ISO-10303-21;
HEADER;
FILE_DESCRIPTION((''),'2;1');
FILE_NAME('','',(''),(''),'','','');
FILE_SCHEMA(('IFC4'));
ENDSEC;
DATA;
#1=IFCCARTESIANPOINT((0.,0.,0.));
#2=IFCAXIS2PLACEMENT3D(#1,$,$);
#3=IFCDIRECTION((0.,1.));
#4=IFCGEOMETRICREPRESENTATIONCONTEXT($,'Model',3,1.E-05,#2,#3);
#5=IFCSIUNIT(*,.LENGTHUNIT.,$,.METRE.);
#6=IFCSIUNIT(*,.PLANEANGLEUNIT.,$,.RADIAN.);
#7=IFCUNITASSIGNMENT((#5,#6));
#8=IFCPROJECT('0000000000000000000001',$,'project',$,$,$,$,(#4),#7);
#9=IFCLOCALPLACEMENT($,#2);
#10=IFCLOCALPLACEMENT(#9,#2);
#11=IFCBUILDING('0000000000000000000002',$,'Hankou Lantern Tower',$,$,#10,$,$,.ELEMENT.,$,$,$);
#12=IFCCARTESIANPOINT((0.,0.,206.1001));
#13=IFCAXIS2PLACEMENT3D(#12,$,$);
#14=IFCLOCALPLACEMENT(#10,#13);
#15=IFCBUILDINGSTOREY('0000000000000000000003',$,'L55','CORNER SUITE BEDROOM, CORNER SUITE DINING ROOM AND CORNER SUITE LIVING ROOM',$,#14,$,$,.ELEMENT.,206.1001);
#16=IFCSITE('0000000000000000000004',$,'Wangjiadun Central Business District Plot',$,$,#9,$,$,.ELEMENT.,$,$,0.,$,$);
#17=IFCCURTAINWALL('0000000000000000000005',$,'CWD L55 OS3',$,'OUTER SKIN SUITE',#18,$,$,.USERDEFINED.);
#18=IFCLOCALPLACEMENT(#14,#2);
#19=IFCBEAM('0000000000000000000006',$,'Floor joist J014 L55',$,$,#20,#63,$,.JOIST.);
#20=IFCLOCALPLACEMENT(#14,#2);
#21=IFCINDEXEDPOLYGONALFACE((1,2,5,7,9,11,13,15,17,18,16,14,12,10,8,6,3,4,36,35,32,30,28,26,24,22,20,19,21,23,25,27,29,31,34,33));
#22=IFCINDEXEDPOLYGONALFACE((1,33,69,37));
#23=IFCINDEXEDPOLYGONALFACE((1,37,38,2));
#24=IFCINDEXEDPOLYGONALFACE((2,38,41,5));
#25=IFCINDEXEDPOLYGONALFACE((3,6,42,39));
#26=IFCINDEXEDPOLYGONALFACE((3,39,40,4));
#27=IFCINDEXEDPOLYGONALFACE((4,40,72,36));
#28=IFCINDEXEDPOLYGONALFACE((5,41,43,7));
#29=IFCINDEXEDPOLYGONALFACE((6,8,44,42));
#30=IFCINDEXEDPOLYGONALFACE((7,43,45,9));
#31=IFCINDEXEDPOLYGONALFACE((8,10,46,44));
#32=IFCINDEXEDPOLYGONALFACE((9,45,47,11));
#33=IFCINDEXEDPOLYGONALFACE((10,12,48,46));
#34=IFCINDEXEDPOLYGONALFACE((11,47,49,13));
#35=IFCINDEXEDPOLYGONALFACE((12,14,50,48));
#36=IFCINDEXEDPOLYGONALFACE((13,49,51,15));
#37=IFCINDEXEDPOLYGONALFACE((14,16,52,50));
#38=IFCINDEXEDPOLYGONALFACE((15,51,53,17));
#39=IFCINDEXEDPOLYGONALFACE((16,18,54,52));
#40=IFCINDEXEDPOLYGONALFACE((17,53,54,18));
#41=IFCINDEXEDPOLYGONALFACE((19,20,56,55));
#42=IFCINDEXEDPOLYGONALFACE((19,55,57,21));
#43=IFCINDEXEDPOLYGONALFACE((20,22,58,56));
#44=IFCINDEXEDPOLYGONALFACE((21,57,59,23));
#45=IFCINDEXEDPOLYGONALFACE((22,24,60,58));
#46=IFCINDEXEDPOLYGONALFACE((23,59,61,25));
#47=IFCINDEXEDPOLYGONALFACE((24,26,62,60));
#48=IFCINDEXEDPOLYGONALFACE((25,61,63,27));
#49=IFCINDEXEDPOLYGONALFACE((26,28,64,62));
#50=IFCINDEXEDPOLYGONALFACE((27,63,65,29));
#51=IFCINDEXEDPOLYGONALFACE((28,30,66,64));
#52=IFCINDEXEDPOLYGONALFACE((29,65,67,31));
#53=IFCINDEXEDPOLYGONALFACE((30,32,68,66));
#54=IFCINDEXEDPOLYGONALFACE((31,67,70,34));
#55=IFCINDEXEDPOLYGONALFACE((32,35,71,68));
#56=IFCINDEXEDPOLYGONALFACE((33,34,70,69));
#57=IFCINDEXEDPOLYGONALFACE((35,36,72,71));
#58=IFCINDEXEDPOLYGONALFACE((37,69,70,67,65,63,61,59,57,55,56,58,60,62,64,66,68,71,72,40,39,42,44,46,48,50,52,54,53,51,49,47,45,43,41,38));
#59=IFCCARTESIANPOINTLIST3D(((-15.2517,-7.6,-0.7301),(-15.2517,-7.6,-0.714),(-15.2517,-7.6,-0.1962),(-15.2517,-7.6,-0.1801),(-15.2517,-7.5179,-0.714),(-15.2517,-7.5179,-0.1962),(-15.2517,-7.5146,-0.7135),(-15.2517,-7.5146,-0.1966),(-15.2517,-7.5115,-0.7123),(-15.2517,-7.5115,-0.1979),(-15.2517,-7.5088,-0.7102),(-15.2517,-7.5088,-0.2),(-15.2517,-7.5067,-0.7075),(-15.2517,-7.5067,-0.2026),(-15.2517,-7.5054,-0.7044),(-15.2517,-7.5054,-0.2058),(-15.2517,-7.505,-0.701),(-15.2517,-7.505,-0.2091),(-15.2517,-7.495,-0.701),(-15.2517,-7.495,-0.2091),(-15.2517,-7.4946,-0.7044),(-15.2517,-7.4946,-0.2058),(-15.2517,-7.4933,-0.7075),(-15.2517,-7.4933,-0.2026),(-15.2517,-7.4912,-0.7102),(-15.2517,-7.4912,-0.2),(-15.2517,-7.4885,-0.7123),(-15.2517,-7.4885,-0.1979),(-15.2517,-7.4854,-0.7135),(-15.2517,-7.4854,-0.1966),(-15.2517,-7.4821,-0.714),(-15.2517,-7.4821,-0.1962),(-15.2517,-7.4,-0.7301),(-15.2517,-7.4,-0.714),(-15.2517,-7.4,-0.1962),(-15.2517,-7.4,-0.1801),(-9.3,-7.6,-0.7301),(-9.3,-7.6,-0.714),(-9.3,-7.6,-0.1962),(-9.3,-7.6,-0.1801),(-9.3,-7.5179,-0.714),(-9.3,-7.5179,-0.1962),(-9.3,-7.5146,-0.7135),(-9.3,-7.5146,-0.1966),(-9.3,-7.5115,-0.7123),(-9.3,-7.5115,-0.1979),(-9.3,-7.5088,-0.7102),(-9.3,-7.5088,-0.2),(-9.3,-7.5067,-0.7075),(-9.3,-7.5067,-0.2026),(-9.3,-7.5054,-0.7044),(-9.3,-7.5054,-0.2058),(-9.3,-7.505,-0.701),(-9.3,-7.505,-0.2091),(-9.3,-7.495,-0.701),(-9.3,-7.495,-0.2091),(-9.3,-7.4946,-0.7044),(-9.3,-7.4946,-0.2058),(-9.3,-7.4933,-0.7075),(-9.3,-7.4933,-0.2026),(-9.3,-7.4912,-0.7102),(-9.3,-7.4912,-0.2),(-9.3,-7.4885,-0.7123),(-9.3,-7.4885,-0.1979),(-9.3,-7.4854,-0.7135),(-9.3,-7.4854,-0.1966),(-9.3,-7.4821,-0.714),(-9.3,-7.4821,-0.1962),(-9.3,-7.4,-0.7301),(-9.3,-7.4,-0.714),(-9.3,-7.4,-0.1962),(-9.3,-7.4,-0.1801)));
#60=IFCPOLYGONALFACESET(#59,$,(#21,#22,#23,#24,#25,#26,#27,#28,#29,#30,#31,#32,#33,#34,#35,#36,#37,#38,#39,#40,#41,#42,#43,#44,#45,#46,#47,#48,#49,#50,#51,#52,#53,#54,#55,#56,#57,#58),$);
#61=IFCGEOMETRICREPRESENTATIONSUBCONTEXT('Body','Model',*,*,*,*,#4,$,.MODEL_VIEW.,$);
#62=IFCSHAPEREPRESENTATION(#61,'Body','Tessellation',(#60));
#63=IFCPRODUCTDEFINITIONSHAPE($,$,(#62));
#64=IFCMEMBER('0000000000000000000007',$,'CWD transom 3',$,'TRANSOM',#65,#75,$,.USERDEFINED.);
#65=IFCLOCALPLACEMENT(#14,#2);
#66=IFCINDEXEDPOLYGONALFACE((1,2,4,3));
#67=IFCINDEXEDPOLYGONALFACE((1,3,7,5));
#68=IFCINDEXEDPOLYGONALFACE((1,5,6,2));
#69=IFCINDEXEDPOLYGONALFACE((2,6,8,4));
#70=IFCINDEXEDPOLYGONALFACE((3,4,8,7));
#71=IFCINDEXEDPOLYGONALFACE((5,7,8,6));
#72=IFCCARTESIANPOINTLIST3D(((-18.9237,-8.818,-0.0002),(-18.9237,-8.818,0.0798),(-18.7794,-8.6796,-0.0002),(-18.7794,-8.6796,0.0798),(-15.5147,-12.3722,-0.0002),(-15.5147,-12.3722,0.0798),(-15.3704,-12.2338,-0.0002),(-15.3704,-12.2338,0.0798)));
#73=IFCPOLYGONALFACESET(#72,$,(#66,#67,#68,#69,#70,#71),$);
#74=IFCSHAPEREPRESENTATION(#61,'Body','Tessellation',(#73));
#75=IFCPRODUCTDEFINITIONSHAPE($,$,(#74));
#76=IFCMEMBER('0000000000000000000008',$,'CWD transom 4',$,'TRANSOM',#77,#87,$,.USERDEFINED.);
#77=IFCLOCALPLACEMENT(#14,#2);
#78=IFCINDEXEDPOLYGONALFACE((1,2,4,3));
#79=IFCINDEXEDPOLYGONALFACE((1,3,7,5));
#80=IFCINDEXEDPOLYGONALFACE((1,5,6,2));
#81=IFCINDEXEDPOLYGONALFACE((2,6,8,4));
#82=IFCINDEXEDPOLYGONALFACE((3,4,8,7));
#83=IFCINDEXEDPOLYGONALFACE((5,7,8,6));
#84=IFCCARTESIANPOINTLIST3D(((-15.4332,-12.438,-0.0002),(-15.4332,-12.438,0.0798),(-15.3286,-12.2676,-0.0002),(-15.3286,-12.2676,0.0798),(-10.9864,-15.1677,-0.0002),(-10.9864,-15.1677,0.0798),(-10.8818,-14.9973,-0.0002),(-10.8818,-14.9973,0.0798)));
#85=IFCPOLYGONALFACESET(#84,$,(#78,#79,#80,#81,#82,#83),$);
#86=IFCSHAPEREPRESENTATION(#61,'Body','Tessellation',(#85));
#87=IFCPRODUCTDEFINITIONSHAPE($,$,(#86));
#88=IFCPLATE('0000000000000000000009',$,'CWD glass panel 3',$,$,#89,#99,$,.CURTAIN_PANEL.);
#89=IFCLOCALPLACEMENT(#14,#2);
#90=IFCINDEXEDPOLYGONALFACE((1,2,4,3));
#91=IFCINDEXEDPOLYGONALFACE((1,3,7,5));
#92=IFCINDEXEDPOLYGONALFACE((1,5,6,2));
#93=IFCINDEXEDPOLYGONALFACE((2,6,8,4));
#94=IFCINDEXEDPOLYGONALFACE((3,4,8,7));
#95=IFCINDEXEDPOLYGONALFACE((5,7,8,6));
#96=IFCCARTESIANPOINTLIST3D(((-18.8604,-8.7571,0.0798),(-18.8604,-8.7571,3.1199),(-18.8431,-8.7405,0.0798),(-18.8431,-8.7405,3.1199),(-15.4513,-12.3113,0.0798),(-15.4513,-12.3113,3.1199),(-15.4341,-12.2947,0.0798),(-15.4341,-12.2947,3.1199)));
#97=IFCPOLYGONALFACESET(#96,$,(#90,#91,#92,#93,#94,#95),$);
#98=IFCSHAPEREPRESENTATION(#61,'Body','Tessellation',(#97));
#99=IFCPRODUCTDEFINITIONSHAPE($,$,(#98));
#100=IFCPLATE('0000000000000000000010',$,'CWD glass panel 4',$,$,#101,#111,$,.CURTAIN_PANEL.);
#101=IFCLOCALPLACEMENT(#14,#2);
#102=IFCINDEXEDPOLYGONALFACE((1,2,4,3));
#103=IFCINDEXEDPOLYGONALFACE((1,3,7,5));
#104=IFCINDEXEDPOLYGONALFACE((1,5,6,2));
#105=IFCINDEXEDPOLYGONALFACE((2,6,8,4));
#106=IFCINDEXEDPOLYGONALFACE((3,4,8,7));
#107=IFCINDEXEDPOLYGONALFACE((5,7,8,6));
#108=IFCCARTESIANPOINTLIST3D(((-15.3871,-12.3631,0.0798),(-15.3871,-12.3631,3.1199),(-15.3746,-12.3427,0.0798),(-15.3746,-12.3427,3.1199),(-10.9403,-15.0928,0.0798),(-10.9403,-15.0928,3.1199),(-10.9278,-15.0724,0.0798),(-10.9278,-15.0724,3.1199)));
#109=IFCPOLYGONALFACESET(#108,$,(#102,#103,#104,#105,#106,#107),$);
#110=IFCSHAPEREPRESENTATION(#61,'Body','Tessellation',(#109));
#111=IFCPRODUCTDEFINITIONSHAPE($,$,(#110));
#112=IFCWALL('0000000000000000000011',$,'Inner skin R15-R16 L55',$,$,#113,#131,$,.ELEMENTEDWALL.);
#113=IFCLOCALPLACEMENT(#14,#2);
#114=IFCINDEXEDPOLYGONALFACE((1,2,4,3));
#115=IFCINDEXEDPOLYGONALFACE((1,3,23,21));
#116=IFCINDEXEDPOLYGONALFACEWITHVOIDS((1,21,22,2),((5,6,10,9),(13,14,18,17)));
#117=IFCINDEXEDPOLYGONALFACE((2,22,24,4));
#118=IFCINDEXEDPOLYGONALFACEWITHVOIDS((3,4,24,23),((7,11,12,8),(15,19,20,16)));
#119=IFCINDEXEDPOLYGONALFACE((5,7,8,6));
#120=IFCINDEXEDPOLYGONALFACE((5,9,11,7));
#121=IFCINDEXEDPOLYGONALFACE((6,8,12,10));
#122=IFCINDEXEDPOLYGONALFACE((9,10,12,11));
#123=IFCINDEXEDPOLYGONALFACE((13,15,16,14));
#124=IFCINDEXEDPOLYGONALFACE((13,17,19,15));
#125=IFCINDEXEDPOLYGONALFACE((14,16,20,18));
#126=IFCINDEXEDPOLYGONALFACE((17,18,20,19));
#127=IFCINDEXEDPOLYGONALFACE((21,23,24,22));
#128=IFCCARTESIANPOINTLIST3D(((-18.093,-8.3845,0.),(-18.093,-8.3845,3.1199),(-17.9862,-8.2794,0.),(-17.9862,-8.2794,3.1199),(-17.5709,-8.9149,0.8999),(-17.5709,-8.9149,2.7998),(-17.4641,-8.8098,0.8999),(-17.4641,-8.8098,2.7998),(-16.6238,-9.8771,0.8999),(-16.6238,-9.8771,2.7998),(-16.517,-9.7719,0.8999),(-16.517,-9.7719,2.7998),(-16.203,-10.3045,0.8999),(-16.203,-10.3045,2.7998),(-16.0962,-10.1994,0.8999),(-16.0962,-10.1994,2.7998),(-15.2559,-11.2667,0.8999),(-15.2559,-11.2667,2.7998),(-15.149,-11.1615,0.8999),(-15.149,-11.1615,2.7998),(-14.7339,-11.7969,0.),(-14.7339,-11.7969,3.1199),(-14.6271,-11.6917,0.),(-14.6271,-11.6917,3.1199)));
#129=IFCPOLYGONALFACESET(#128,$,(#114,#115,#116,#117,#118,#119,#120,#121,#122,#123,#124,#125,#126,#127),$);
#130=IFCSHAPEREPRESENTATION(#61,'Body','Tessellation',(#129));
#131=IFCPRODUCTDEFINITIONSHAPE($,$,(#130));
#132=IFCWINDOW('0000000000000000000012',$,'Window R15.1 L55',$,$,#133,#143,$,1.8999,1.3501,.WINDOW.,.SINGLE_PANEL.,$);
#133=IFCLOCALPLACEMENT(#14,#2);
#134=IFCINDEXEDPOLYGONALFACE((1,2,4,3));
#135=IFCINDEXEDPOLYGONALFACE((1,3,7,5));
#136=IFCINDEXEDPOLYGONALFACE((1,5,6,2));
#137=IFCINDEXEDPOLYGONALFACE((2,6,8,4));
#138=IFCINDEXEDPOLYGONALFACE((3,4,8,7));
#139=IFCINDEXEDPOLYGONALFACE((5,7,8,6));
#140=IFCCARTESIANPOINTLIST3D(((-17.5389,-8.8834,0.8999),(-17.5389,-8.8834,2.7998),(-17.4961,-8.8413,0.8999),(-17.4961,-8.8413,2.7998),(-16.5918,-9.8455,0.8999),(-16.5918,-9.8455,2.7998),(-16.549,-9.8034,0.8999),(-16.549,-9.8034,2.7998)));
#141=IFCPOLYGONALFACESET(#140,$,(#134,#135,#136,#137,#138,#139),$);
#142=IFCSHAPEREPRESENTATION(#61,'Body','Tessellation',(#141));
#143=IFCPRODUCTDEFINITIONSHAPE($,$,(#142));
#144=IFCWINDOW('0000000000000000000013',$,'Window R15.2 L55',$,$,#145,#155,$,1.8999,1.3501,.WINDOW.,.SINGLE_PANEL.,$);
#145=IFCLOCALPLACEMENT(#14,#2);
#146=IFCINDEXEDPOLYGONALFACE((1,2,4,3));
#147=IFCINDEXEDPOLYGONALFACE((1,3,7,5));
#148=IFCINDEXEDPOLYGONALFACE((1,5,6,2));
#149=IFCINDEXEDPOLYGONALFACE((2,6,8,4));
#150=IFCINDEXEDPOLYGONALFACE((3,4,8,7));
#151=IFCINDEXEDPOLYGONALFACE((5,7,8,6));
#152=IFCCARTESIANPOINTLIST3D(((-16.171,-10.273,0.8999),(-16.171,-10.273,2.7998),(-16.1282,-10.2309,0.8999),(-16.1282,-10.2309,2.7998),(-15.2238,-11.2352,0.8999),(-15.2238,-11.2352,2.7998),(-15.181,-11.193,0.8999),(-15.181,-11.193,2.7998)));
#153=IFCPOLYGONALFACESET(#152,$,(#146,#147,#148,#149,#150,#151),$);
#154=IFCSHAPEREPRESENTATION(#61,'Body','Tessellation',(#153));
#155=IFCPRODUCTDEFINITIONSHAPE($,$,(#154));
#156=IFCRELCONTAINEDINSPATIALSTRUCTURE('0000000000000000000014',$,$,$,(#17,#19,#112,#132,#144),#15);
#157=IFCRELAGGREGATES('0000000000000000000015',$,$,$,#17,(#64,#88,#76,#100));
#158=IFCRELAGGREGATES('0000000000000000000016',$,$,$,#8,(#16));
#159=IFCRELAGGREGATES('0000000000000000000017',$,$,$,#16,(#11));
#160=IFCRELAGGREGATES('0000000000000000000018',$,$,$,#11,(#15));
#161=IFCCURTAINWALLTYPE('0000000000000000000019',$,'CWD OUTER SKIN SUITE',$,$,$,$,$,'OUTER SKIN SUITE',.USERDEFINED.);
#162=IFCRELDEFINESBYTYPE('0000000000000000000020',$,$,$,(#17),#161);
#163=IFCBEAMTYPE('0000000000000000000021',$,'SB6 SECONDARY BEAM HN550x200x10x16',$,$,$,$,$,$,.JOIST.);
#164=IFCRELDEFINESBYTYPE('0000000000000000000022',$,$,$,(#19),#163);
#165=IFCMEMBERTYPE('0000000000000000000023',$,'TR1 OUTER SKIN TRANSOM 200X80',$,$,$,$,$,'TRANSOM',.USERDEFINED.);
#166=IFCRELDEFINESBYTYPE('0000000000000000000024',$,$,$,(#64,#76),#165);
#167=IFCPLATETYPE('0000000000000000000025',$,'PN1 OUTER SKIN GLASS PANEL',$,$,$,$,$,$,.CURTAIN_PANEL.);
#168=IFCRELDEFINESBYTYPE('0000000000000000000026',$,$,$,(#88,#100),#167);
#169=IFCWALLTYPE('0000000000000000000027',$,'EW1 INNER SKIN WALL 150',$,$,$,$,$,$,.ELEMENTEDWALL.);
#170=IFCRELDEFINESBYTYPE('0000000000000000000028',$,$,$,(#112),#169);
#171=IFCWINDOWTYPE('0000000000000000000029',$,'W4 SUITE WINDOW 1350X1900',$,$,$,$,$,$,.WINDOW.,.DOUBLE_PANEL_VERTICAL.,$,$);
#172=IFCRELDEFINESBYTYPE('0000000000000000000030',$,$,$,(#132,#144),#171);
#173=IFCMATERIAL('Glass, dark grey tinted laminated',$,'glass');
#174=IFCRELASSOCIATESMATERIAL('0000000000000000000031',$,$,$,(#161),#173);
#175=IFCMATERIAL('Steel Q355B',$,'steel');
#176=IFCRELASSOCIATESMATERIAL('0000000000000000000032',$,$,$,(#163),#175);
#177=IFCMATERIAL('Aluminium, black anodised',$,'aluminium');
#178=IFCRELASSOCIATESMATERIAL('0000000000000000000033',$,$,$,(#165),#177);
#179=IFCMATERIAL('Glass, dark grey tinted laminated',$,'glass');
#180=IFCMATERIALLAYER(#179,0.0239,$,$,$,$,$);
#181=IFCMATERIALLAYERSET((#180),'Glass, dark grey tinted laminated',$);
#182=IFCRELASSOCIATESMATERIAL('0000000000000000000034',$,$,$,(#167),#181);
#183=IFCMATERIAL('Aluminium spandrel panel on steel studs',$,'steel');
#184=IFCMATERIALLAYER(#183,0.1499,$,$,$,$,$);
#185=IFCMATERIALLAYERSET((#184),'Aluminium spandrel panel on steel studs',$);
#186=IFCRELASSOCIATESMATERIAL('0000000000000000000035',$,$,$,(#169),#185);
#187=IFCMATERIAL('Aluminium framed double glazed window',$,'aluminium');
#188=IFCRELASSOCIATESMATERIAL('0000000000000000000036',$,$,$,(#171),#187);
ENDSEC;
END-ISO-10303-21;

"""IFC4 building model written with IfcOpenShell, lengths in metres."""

from ifc_helpers import new_model, si_unit, direction, frame, frame_2d, origin, origin_2d, place, context, subcontext, project, spatial, rectangle, i_section, extrude, material, layer, layer_set, material_profile, profile_set, type_object, element, fill, aggregate, save


model = new_model("IFC4")

# Units and contexts
model_context = context("Model", 3, precision=1e-05, world=origin(), true_north=direction((0.0, 1.0)))
body_context = subcontext(model_context, "Body", "Model", "MODEL_VIEW")
ifc_project = project(units=[si_unit("LENGTHUNIT", "METRE"), si_unit("PLANEANGLEUNIT", "RADIAN")], contexts=[model_context])

# Site, building, storey
site_placement = place(None, origin())
site = spatial("IfcSite", under=ifc_project, at=site_placement, Name="Wangjiadun Central Business District Plot", CompositionType="ELEMENT", RefElevation=0.0)
building_placement = place(site_placement, origin())
building = spatial("IfcBuilding", under=site, at=building_placement, Name="Hankou Lantern Tower", CompositionType="ELEMENT")
storey_placement = place(building_placement, frame((0.0, 0.0, 206.1001)))
storey = spatial("IfcBuildingStorey", under=building, at=storey_placement, Name="L55", Description="CORNER SUITE BEDROOM, CORNER SUITE DINING ROOM AND CORNER SUITE LIVING ROOM", CompositionType="ELEMENT", Elevation=206.1001)

# Curtain wall
ifc_material_1 = material(Name="Glass, dark grey tinted laminated", Category="glass")
curtain_wall_type = type_object("IfcCurtainWallType", Name="CWD OUTER SKIN SUITE", ElementType="OUTER SKIN SUITE", PredefinedType="USERDEFINED", material=ifc_material_1)
curtain_wall_placement = place(storey_placement, origin())
curtain_wall = element("IfcCurtainWall", 1, at=curtain_wall_placement, inside=storey, type_object=curtain_wall_type, Name="CWD L55 OS3", ObjectType="OUTER SKIN SUITE", PredefinedType="USERDEFINED")

# Beam
ifc_material_2 = material(Name="Steel Q355B", Category="steel")
ifc_material_profile_1 = material_profile(ifc_material_2, i_section(OverallWidth=0.2, OverallDepth=0.55, WebThickness=0.01, FlangeThickness=0.0161, FilletRadius=0.0129, at=origin_2d()), Name="HN550x200x10x16")
ifc_profile_set_1 = profile_set([ifc_material_profile_1], Name="Steel Q355B")
beam_type_1 = type_object("IfcBeamType", Name="SB6 SECONDARY BEAM HN550x200x10x16", PredefinedType="JOIST", material=ifc_profile_set_1)
beam_1_placement = place(storey_placement, frame((-15.2517, -7.5, -0.4551), z_axis=(1.0, 0.0, 0.0), x_axis=(0.0, 1.0, 0.0)))
element("IfcBeam", 2, at=beam_1_placement, inside=storey, type_object=beam_type_1, Name="Floor joist J014 L55", PredefinedType="JOIST", context=body_context, shape_type="SweptSolid", body=[
    extrude(i_section(OverallWidth=0.2, OverallDepth=0.55, WebThickness=0.01, FlangeThickness=0.0161, FilletRadius=0.0129, at=origin_2d()), origin(), (0.0, 0.0, 1.0), 5.9517),
])

# Members
ifc_material_3 = material(Name="Aluminium, black anodised", Category="aluminium")
ifc_material_profile_2 = material_profile(ifc_material_3, rectangle(XDim=0.2, YDim=0.0801, at=origin_2d()), Name="TR1 200X80")
ifc_profile_set_2 = profile_set([ifc_material_profile_2], Name="Aluminium, black anodised")
member_type_1 = type_object("IfcMemberType", Name="TR1 OUTER SKIN TRANSOM 200X80", ElementType="TRANSOM", PredefinedType="USERDEFINED", material=ifc_profile_set_2)
member_1_placement = place(storey_placement, frame((-18.8516, -8.7488, 0.0398), z_axis=(0.692205, -0.721701, 0.0), x_axis=(0.721701, 0.692205, 0.0)))
member_1 = element("IfcMember", 3, at=member_1_placement, type_object=member_type_1, Name="CWD transom 3", ObjectType="TRANSOM", PredefinedType="USERDEFINED", context=body_context, shape_type="SweptSolid", body=[
    extrude(rectangle(XDim=0.2, YDim=0.0801, at=origin_2d()), origin(), (0.0, 0.0, 1.0), 4.9248),
])
member_2_placement = place(storey_placement, frame((-15.3809, -12.3528, 0.0398), z_axis=(0.852235, -0.52316, 0.0), x_axis=(0.52316, 0.852235, 0.0)))
member_2 = element("IfcMember", 4, at=member_2_placement, type_object=member_type_1, Name="CWD transom 4", ObjectType="TRANSOM", PredefinedType="USERDEFINED", context=body_context, shape_type="SweptSolid", body=[
    extrude(rectangle(XDim=0.2, YDim=0.0801, at=origin_2d()), origin(), (0.0, 0.0, 1.0), 5.2178),
])

# Plates
ifc_material_4 = material(Name="Glass, dark grey tinted laminated", Category="glass")
ifc_layer_1 = layer(ifc_material_4, 0.0239)
ifc_layer_set_1 = layer_set([ifc_layer_1], Name="Glass, dark grey tinted laminated")
plate_type = type_object("IfcPlateType", Name="PN1 OUTER SKIN GLASS PANEL", PredefinedType="CURTAIN_PANEL", material=ifc_layer_set_1)
plate_1_placement = place(storey_placement, frame((-17.1472, -10.5259, 0.0798), z_axis=(0.0, 0.0, 1.0), x_axis=(0.692216, -0.721691, 0.0)))
plate_1 = element("IfcPlate", 5, at=plate_1_placement, type_object=plate_type, Name="CWD glass panel 3", PredefinedType="CURTAIN_PANEL", context=body_context, shape_type="SweptSolid", body=[
    extrude(rectangle(XDim=4.9248, YDim=0.0239, at=origin_2d()), origin(), (0.0, 0.0, 1.0), 3.04),
])
plate_2_placement = place(storey_placement, frame((-13.1575, -13.7178, 0.0798), z_axis=(0.0, 0.0, 1.0), x_axis=(0.852237, -0.523156, 0.0)))
plate_2 = element("IfcPlate", 6, at=plate_2_placement, type_object=plate_type, Name="CWD glass panel 4", PredefinedType="CURTAIN_PANEL", context=body_context, shape_type="SweptSolid", body=[
    extrude(rectangle(XDim=5.2178, YDim=0.0239, at=origin_2d()), origin(), (0.0, 0.0, 1.0), 3.04),
])
aggregate(curtain_wall, [member_1, plate_1, member_2, plate_2])

# Wall, openings, windows
ifc_material_5 = material(Name="Aluminium spandrel panel on steel studs", Category="steel")
ifc_layer_2 = layer(ifc_material_5, 0.1499)
ifc_layer_set_2 = layer_set([ifc_layer_2], Name="Aluminium spandrel panel on steel studs")
wall_type_1 = type_object("IfcWallType", Name="EW1 INNER SKIN WALL 150", PredefinedType="ELEMENTEDWALL", material=ifc_layer_set_2)
wall_1_placement = place(storey_placement, frame((-18.0396, -8.332, 0.0), z_axis=(0.0, 0.0, 1.0), x_axis=(0.701527, -0.712643, 0.0)))
wall_1 = element("IfcWall", 7, at=wall_1_placement, inside=storey, type_object=wall_type_1, Name="Inner skin R15-R16 L55", PredefinedType="ELEMENTEDWALL", context=body_context, shape_type="SweptSolid", body=[
    extrude(rectangle(XDim=4.7883, YDim=0.1499, at=frame_2d((2.394, 0.0))), origin(), (0.0, 0.0, 1.0), 3.1199),
])
opening_1_placement = place(wall_1_placement, frame((0.7441, 0.0, 0.8999)))
opening_1 = element("IfcOpeningElement", 8, at=opening_1_placement, cuts=wall_1, PredefinedType="OPENING", context=body_context, shape_type="SweptSolid", body=[
    extrude(rectangle(XDim=1.3501, YDim=1.8999, at=frame_2d((0.675, 0.95))), frame((0.0, 0.085, 0.0), z_axis=(0.0, -1.0, 0.0), x_axis=(1.0, 0.0, 0.0)), (0.0, 0.0, 1.0), 0.1699),
])
opening_2_placement = place(wall_1_placement, frame((2.6941, 0.0, 0.8999)))
opening_2 = element("IfcOpeningElement", 9, at=opening_2_placement, cuts=wall_1, PredefinedType="OPENING", context=body_context, shape_type="SweptSolid", body=[
    extrude(rectangle(XDim=1.3501, YDim=1.8999, at=frame_2d((0.675, 0.95))), frame((0.0, 0.085, 0.0), z_axis=(0.0, -1.0, 0.0), x_axis=(1.0, 0.0, 0.0)), (0.0, 0.0, 1.0), 0.1699),
])
ifc_material_6 = material(Name="Aluminium framed double glazed window", Category="aluminium")
window_type = type_object("IfcWindowType", Name="W4 SUITE WINDOW 1350X1900", PartitioningType="DOUBLE_PANEL_VERTICAL", PredefinedType="WINDOW", material=ifc_material_6)
window_1_placement = place(opening_1_placement, origin())
window_1 = element("IfcWindow", 10, at=window_1_placement, inside=storey, type_object=window_type, Name="Window R15.1 L55", OverallHeight=1.8999, OverallWidth=1.3501, PartitioningType="SINGLE_PANEL", PredefinedType="WINDOW", context=body_context, shape_type="SweptSolid", body=[
    extrude(rectangle(XDim=1.3501, YDim=1.8999, at=frame_2d((0.675, 0.95))), frame((0.0, 0.03, 0.0), z_axis=(0.0, -1.0, 0.0), x_axis=(1.0, 0.0, 0.0)), (0.0, 0.0, 1.0), 0.0601),
])
fill(opening_1, window_1)
window_2_placement = place(opening_2_placement, origin())
window_2 = element("IfcWindow", 11, at=window_2_placement, inside=storey, type_object=window_type, Name="Window R15.2 L55", OverallHeight=1.8999, OverallWidth=1.3501, PartitioningType="SINGLE_PANEL", PredefinedType="WINDOW", context=body_context, shape_type="SweptSolid", body=[
    extrude(rectangle(XDim=1.3501, YDim=1.8999, at=frame_2d((0.675, 0.95))), frame((0.0, 0.03, 0.0), z_axis=(0.0, -1.0, 0.0), x_axis=(1.0, 0.0, 0.0)), (0.0, 0.0, 1.0), 0.0601),
])
fill(opening_2, window_2)

save(model, "model.ifc")
